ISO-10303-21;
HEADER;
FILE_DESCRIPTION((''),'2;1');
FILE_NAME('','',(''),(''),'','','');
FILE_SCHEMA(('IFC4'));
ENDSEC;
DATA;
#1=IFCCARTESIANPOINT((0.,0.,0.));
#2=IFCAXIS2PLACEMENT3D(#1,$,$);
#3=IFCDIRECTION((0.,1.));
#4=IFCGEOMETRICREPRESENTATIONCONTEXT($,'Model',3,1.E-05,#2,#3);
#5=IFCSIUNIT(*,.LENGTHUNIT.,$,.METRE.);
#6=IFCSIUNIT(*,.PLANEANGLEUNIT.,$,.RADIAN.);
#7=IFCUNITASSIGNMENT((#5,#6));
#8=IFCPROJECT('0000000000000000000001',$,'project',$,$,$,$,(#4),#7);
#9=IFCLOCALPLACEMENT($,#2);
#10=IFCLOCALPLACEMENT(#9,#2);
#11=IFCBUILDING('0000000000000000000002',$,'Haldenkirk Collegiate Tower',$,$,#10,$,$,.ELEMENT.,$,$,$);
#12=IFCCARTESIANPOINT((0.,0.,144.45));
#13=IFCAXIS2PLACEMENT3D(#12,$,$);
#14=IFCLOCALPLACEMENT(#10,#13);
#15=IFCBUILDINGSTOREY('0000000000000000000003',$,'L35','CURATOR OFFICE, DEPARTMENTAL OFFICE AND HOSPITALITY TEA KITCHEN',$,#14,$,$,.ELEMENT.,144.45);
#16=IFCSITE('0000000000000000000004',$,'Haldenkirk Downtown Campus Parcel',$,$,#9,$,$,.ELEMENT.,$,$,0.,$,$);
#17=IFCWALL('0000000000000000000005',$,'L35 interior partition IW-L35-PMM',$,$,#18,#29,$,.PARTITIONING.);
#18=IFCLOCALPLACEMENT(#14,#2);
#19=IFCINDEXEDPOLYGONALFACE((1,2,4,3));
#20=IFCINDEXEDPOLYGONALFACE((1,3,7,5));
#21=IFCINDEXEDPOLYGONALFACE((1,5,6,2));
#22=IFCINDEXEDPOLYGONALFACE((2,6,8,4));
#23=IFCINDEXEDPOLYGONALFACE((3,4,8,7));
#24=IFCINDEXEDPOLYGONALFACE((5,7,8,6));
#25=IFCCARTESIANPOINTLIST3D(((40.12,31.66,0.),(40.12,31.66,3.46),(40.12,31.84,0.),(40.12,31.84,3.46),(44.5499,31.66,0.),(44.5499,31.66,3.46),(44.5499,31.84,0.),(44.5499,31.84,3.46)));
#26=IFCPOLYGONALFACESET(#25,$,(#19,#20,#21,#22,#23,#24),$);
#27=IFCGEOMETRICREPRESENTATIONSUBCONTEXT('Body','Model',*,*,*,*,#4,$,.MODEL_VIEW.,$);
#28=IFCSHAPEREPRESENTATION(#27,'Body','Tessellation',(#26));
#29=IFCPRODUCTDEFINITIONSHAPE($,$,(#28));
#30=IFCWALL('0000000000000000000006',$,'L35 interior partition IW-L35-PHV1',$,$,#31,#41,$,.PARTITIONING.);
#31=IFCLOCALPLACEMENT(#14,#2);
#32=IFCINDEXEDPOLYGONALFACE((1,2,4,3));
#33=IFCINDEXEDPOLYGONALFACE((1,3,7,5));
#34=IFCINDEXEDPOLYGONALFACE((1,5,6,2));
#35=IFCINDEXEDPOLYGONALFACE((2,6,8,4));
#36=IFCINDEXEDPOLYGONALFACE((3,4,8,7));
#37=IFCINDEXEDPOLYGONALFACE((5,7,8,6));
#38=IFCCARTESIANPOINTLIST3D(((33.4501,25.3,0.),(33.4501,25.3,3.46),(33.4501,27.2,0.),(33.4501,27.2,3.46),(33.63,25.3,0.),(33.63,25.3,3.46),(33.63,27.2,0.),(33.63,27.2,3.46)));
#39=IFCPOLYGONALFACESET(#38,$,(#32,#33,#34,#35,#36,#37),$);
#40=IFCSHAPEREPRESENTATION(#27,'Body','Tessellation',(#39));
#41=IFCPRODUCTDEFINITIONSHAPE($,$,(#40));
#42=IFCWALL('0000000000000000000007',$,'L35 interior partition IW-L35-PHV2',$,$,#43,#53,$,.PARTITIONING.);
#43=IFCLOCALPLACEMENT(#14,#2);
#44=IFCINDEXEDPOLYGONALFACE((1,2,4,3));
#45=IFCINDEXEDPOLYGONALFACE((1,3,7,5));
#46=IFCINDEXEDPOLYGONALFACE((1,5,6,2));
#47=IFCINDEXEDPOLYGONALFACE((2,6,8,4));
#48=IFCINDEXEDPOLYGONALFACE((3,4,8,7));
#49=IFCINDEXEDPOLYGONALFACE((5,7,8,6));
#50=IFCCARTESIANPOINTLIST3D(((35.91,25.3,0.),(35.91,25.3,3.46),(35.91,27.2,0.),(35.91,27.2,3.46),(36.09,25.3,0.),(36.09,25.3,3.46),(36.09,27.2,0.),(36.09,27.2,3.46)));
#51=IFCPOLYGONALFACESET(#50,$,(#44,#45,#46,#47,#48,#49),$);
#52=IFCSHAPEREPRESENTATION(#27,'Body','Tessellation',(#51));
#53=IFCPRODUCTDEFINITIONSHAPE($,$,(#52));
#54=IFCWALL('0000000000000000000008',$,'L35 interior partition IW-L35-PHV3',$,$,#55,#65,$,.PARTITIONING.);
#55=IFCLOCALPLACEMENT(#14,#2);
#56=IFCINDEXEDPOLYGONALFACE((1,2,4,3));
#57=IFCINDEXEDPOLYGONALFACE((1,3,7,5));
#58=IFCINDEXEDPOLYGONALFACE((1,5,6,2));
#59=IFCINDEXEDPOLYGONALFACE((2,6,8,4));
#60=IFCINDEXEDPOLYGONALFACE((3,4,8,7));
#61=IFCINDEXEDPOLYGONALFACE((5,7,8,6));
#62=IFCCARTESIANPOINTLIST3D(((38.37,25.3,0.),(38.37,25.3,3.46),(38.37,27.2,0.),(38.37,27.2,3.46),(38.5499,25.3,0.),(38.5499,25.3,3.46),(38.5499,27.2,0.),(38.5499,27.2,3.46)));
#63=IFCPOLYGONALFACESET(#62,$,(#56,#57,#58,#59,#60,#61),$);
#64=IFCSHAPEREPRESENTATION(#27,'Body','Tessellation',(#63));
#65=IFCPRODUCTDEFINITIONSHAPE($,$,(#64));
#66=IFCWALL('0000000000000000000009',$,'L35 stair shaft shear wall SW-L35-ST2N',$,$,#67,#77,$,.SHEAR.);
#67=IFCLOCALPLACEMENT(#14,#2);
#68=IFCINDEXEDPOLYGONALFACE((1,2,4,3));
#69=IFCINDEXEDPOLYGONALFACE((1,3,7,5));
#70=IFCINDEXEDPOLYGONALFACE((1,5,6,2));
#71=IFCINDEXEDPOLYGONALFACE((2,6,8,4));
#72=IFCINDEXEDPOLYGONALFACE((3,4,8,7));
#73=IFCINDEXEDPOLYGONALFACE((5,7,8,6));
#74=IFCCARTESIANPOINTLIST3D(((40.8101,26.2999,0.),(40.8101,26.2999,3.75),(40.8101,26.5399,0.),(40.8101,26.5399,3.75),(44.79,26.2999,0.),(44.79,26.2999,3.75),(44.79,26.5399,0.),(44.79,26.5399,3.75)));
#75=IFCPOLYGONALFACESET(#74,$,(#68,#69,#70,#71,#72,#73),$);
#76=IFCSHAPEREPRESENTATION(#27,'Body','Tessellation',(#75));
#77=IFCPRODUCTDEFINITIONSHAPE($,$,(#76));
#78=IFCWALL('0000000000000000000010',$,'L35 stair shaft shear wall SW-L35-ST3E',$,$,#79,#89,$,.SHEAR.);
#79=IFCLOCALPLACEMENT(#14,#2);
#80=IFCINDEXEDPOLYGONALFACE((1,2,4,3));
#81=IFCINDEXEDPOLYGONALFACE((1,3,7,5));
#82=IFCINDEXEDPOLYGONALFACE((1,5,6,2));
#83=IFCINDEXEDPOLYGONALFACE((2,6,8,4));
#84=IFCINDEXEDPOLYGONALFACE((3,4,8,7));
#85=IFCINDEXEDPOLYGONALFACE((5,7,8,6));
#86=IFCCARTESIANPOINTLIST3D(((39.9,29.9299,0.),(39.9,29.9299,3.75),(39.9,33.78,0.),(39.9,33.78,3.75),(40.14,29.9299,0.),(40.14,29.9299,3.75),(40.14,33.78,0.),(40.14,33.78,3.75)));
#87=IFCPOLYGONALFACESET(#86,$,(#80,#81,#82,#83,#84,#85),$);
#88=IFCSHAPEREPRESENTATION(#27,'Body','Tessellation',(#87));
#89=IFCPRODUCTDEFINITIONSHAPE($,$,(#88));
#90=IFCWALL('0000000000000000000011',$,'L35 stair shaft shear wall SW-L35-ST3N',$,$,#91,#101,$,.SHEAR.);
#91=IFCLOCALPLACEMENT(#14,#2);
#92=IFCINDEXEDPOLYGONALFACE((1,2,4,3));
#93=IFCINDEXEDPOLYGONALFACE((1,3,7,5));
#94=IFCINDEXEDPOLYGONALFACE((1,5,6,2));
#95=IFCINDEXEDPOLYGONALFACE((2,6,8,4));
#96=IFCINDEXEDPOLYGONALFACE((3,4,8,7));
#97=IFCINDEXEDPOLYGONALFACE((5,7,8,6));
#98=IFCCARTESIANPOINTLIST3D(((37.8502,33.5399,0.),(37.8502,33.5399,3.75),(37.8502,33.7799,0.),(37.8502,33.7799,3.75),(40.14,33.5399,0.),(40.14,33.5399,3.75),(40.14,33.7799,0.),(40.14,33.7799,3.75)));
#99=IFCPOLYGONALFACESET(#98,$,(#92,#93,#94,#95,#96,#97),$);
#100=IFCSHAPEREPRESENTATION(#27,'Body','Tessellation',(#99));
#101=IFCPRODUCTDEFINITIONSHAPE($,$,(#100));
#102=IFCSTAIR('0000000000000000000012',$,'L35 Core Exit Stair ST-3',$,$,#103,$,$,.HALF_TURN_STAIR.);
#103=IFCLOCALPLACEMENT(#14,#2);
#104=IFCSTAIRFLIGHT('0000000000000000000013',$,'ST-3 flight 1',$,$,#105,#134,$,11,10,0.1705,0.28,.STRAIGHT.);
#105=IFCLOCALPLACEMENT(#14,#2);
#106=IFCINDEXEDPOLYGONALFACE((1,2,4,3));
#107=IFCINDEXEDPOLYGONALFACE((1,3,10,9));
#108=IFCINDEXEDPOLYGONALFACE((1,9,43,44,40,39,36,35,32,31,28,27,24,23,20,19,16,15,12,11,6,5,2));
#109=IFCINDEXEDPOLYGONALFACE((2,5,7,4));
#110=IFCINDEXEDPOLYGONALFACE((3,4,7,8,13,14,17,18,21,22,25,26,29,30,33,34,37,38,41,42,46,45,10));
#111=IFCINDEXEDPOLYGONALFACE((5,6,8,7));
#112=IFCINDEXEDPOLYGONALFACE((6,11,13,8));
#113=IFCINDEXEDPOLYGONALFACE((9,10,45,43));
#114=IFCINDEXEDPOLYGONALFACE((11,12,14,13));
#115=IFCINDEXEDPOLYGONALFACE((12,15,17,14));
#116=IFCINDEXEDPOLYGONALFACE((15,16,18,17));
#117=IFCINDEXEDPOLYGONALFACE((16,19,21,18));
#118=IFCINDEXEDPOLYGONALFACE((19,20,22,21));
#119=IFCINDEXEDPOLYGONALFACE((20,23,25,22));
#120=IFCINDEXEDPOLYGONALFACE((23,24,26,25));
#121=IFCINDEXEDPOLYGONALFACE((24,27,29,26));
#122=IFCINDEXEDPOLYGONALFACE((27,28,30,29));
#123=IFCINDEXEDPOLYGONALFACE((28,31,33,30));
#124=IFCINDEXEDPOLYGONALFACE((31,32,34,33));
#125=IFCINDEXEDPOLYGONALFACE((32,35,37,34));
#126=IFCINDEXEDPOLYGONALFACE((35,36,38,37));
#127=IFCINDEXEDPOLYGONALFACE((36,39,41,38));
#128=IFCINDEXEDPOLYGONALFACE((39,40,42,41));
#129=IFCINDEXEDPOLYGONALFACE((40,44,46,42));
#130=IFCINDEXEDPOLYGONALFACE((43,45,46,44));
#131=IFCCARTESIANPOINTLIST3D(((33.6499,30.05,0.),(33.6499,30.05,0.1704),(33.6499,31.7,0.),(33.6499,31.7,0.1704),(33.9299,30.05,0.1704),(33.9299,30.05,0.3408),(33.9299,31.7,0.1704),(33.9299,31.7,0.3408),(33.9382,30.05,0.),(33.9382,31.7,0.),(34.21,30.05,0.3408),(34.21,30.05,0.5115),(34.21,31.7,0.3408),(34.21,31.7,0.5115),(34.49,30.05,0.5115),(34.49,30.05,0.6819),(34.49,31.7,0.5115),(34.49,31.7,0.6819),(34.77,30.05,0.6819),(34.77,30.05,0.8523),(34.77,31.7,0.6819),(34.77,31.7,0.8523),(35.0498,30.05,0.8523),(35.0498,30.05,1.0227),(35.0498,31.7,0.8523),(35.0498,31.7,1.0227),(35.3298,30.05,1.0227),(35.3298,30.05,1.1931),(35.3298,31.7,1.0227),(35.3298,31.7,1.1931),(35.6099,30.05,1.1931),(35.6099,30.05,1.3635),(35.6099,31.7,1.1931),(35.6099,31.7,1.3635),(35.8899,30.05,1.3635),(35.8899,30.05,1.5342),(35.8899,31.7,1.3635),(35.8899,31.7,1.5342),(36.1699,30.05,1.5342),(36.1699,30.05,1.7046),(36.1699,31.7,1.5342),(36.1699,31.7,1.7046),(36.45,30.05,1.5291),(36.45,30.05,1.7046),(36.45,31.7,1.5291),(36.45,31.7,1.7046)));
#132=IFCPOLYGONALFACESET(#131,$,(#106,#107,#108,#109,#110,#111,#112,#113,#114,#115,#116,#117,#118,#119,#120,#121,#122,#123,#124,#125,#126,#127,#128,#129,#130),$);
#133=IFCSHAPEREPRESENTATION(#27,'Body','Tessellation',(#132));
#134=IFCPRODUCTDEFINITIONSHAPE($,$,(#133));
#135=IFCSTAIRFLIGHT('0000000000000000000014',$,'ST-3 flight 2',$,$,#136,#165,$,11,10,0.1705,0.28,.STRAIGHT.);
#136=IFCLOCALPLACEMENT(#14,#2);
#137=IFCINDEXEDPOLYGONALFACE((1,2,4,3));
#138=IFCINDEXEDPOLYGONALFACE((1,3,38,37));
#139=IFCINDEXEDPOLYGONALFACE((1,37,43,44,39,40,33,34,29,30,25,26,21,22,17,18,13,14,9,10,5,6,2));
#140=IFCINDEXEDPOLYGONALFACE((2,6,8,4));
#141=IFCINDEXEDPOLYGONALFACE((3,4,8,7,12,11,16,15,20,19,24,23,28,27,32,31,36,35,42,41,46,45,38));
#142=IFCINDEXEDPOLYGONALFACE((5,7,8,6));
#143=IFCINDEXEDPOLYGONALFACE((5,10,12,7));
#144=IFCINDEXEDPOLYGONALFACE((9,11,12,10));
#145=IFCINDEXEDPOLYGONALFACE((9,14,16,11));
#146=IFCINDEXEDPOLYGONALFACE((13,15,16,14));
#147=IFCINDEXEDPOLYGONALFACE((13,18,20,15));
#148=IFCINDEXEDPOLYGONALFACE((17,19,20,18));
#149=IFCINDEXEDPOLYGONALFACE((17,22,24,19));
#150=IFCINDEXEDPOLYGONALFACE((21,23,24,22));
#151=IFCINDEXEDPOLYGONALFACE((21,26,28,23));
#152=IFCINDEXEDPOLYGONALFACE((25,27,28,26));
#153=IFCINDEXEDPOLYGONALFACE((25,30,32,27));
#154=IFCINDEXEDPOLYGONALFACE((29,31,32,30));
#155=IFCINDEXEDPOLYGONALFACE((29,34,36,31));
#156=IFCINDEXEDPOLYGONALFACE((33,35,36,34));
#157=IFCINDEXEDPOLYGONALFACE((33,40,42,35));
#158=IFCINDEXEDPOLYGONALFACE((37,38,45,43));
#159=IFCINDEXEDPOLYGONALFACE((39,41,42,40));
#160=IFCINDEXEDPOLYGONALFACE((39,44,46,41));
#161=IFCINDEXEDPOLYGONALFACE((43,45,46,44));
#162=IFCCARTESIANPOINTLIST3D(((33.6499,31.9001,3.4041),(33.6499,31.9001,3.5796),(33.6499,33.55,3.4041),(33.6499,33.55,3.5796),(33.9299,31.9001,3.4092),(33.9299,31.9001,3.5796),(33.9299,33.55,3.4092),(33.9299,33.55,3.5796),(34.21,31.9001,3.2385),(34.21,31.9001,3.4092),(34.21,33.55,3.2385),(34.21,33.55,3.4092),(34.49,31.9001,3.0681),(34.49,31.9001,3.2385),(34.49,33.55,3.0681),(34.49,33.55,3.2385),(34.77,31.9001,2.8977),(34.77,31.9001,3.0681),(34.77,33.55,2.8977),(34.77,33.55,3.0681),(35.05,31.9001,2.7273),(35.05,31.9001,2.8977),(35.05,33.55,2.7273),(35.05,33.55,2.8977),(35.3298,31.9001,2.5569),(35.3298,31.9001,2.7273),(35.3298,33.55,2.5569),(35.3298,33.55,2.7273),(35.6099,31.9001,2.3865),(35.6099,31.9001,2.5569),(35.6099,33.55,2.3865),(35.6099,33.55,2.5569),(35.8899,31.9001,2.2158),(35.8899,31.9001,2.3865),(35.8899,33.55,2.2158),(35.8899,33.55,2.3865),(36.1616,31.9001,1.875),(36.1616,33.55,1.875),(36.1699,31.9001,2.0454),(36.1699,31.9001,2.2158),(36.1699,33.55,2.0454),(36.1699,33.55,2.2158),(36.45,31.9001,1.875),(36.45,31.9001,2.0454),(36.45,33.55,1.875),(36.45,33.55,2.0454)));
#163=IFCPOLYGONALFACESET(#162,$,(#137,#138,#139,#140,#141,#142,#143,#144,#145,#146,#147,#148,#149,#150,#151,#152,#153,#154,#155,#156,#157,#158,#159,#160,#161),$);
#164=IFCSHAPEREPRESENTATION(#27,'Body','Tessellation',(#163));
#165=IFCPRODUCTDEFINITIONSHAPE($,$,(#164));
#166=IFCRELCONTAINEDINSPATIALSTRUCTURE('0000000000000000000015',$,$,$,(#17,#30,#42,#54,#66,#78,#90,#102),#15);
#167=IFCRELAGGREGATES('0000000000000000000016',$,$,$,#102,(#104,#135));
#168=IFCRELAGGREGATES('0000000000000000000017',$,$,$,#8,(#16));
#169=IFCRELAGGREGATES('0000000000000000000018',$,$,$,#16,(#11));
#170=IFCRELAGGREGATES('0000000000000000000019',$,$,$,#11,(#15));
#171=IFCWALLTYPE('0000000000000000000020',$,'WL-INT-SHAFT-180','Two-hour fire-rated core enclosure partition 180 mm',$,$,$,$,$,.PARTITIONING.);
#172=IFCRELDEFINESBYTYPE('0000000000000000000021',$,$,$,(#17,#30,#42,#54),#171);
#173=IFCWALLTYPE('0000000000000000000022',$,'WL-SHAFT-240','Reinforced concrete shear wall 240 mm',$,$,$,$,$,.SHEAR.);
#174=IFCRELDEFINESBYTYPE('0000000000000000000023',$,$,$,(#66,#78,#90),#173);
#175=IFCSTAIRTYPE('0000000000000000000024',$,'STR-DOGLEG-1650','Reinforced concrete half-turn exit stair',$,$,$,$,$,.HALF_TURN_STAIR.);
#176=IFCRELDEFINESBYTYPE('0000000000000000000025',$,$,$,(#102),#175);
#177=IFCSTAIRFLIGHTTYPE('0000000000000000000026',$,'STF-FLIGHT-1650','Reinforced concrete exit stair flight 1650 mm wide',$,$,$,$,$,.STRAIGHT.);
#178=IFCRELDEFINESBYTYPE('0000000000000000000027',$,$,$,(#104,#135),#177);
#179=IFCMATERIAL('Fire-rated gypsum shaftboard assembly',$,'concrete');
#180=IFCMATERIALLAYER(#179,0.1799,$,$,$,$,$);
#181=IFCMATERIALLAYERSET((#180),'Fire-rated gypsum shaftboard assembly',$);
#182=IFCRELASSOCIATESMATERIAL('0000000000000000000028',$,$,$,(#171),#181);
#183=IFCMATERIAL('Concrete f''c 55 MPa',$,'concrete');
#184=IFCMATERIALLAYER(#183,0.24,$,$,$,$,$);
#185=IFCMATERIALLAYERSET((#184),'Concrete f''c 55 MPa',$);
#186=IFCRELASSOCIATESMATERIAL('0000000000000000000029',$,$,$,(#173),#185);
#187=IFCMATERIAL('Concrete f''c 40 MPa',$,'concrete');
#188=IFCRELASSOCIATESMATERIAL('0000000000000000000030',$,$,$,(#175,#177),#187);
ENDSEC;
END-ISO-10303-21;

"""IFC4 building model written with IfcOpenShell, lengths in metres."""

from ifc_helpers import new_model, si_unit, direction, frame, frame_2d, origin, place, context, subcontext, project, spatial, polyline, rectangle, outline, extrude, material, layer, layer_set, type_object, element, aggregate, save


model = new_model("IFC4")

# Units and contexts
model_context = context("Model", 3, precision=1e-05, world=origin(), true_north=direction((0.0, 1.0)))
body_context = subcontext(model_context, "Body", "Model", "MODEL_VIEW")
ifc_project = project(units=[si_unit("LENGTHUNIT", "METRE"), si_unit("PLANEANGLEUNIT", "RADIAN")], contexts=[model_context])

# Site, building, storey
site_placement = place(None, origin())
site = spatial("IfcSite", under=ifc_project, at=site_placement, Name="Haldenkirk Downtown Campus Parcel", CompositionType="ELEMENT", RefElevation=0.0)
building_placement = place(site_placement, origin())
building = spatial("IfcBuilding", under=site, at=building_placement, Name="Haldenkirk Collegiate Tower", CompositionType="ELEMENT")
storey_placement = place(building_placement, frame((0.0, 0.0, 144.45)))
storey = spatial("IfcBuildingStorey", under=building, at=storey_placement, Name="L35", Description="CURATOR OFFICE, DEPARTMENTAL OFFICE AND HOSPITALITY TEA KITCHEN", CompositionType="ELEMENT", Elevation=144.45)

# Shared definitions
ifc_material_1 = material(Name="Fire-rated gypsum shaftboard assembly", Category="concrete")
ifc_layer_1 = layer(ifc_material_1, 0.1799)
ifc_layer_set_1 = layer_set([ifc_layer_1], Name="Fire-rated gypsum shaftboard assembly")
wall_type_1 = type_object("IfcWallType", Name="WL-INT-SHAFT-180", Description="Two-hour fire-rated core enclosure partition 180 mm", PredefinedType="PARTITIONING", material=ifc_layer_set_1)

# Walls
wall_1_placement = place(storey_placement, frame((40.1201, 31.75, 0.0), z_axis=(0.0, 0.0, 1.0), x_axis=(1.0, 0.0, 0.0)))
element("IfcWall", 1, at=wall_1_placement, inside=storey, type_object=wall_type_1, Name="L35 interior partition IW-L35-PMM", PredefinedType="PARTITIONING", context=body_context, shape_type="SweptSolid", body=[
    extrude(rectangle(XDim=4.4299, YDim=0.1799, at=frame_2d((2.2148, 0.0))), origin(), (0.0, 0.0, 1.0), 3.46),
])
for number, where, z_axis, x_axis, name in (
    (2, (33.54, 25.3, 0.0), (0.0, 0.0, 1.0), (0.0, 1.0, 0.0), "L35 interior partition IW-L35-PHV1"),
    (3, (36.0, 25.3, 0.0), (0.0, 0.0, 1.0), (0.0, 1.0, 0.0), "L35 interior partition IW-L35-PHV2"),
    (4, (38.46, 25.3, 0.0), (0.0, 0.0, 1.0), (0.0, 1.0, 0.0), "L35 interior partition IW-L35-PHV3"),
):
    element("IfcWall", number, at=place(storey_placement, frame(where, z_axis=z_axis, x_axis=x_axis)), inside=storey, type_object=wall_type_1, Name=name, PredefinedType="PARTITIONING", context=body_context, shape_type="SweptSolid", body=[
        extrude(rectangle(XDim=1.8999, YDim=0.1799, at=frame_2d((0.95, 0.0))), origin(), (0.0, 0.0, 1.0), 3.46),
    ])
ifc_material_2 = material(Name="Concrete f'c 55 MPa", Category="concrete")
ifc_layer_2 = layer(ifc_material_2, 0.24)
ifc_layer_set_2 = layer_set([ifc_layer_2], Name="Concrete f'c 55 MPa")
wall_type_2 = type_object("IfcWallType", Name="WL-SHAFT-240", Description="Reinforced concrete shear wall 240 mm", PredefinedType="SHEAR", material=ifc_layer_set_2)
wall_2_placement = place(storey_placement, frame((40.8101, 26.4199, 0.0), z_axis=(0.0, 0.0, 1.0), x_axis=(1.0, 0.0, 0.0)))
element("IfcWall", 5, at=wall_2_placement, inside=storey, type_object=wall_type_2, Name="L35 stair shaft shear wall SW-L35-ST2N", PredefinedType="SHEAR", context=body_context, shape_type="SweptSolid", body=[
    extrude(rectangle(XDim=3.98, YDim=0.24, at=frame_2d((1.99, 0.0))), origin(), (0.0, 0.0, 1.0), 3.75),
])
wall_3_placement = place(storey_placement, frame((40.02, 29.9299, 0.0), z_axis=(0.0, 0.0, 1.0), x_axis=(0.0, 1.0, 0.0)))
element("IfcWall", 6, at=wall_3_placement, inside=storey, type_object=wall_type_2, Name="L35 stair shaft shear wall SW-L35-ST3E", PredefinedType="SHEAR", context=body_context, shape_type="SweptSolid", body=[
    extrude(rectangle(XDim=3.8501, YDim=0.24, at=frame_2d((1.925, 0.0))), origin(), (0.0, 0.0, 1.0), 3.75),
])
wall_4_placement = place(storey_placement, frame((37.8501, 33.6599, 0.0), z_axis=(0.0, 0.0, 1.0), x_axis=(1.0, 0.0, 0.0)))
element("IfcWall", 7, at=wall_4_placement, inside=storey, type_object=wall_type_2, Name="L35 stair shaft shear wall SW-L35-ST3N", PredefinedType="SHEAR", context=body_context, shape_type="SweptSolid", body=[
    extrude(rectangle(XDim=2.2898, YDim=0.24, at=frame_2d((1.145, 0.0))), origin(), (0.0, 0.0, 1.0), 3.75),
])

# Stair, stair flights
ifc_material_3 = material(Name="Concrete f'c 40 MPa", Category="concrete")
stair_type = type_object("IfcStairType", Name="STR-DOGLEG-1650", Description="Reinforced concrete half-turn exit stair", PredefinedType="HALF_TURN_STAIR", material=ifc_material_3)
stair_placement = place(storey_placement, origin())
stair = element("IfcStair", 8, at=stair_placement, inside=storey, type_object=stair_type, Name="L35 Core Exit Stair ST-3", PredefinedType="HALF_TURN_STAIR")
stair_flight_type = type_object("IfcStairFlightType", Name="STF-FLIGHT-1650", Description="Reinforced concrete exit stair flight 1650 mm wide", PredefinedType="STRAIGHT", material=ifc_material_3)
stair_flight_1_placement = place(storey_placement, frame((33.6499, 30.875, 0.0), z_axis=(0.0, 0.0, 1.0), x_axis=(1.0, 0.0, 0.0)))
stair_flight_1 = element("IfcStairFlight", 9, at=stair_flight_1_placement, type_object=stair_flight_type, Name="ST-3 flight 1", NumberOfRisers=11, NumberOfTreads=10, PredefinedType="STRAIGHT", RiserHeight=0.1705, TreadLength=0.28, context=body_context, shape_type="SweptSolid", body=[
    extrude(outline(polyline([(0.0, 0.0), (0.0, 0.1704), (0.28, 0.1704), (0.28, 0.3408), (0.5601, 0.3408), (0.5601, 0.5115), (0.8401, 0.5115), (0.8401, 0.6819), (1.1201, 0.6819), (1.1201, 0.8523), (1.3999, 0.8523), (1.3999, 1.0227), (1.6799, 1.0227), (1.6799, 1.1931), (1.96, 1.1931), (1.96, 1.3635), (2.24, 1.3635), (2.24, 1.5342), (2.52, 1.5342), (2.52, 1.7046), (2.8, 1.7046), (2.8, 1.875), (2.8, 1.5291), (0.2883, 0.0), (0.0, 0.0)])), frame((0.0, 0.825, 0.0), z_axis=(0.0, -1.0, 0.0), x_axis=(1.0, 0.0, 0.0)), (0.0, 0.0, 1.0), 1.6499),
])
stair_flight_2_placement = place(storey_placement, frame((36.45, 32.7251, 1.875), z_axis=(0.0, 0.0, 1.0), x_axis=(-1.0, 0.0, 0.0)))
stair_flight_2 = element("IfcStairFlight", 10, at=stair_flight_2_placement, type_object=stair_flight_type, Name="ST-3 flight 2", NumberOfRisers=11, NumberOfTreads=10, PredefinedType="STRAIGHT", RiserHeight=0.1705, TreadLength=0.28, context=body_context, shape_type="SweptSolid", body=[
    extrude(outline(polyline([(0.0, 0.0), (0.0, 0.1704), (0.28, 0.1704), (0.28, 0.3408), (0.5601, 0.3408), (0.5601, 0.5115), (0.8401, 0.5115), (0.8401, 0.6819), (1.1201, 0.6819), (1.1201, 0.8523), (1.3999, 0.8523), (1.3999, 1.0227), (1.6799, 1.0227), (1.6799, 1.1931), (1.96, 1.1931), (1.96, 1.3635), (2.24, 1.3635), (2.24, 1.5342), (2.52, 1.5342), (2.52, 1.7046), (2.8, 1.7046), (2.8, 1.875), (2.8, 1.5291), (0.2883, 0.0), (0.0, 0.0)])), frame((0.0, 0.825, 0.0), z_axis=(0.0, -1.0, 0.0), x_axis=(1.0, 0.0, 0.0)), (0.0, 0.0, 1.0), 1.6499),
])
aggregate(stair, [stair_flight_1, stair_flight_2])

save(model, "model.ifc")
